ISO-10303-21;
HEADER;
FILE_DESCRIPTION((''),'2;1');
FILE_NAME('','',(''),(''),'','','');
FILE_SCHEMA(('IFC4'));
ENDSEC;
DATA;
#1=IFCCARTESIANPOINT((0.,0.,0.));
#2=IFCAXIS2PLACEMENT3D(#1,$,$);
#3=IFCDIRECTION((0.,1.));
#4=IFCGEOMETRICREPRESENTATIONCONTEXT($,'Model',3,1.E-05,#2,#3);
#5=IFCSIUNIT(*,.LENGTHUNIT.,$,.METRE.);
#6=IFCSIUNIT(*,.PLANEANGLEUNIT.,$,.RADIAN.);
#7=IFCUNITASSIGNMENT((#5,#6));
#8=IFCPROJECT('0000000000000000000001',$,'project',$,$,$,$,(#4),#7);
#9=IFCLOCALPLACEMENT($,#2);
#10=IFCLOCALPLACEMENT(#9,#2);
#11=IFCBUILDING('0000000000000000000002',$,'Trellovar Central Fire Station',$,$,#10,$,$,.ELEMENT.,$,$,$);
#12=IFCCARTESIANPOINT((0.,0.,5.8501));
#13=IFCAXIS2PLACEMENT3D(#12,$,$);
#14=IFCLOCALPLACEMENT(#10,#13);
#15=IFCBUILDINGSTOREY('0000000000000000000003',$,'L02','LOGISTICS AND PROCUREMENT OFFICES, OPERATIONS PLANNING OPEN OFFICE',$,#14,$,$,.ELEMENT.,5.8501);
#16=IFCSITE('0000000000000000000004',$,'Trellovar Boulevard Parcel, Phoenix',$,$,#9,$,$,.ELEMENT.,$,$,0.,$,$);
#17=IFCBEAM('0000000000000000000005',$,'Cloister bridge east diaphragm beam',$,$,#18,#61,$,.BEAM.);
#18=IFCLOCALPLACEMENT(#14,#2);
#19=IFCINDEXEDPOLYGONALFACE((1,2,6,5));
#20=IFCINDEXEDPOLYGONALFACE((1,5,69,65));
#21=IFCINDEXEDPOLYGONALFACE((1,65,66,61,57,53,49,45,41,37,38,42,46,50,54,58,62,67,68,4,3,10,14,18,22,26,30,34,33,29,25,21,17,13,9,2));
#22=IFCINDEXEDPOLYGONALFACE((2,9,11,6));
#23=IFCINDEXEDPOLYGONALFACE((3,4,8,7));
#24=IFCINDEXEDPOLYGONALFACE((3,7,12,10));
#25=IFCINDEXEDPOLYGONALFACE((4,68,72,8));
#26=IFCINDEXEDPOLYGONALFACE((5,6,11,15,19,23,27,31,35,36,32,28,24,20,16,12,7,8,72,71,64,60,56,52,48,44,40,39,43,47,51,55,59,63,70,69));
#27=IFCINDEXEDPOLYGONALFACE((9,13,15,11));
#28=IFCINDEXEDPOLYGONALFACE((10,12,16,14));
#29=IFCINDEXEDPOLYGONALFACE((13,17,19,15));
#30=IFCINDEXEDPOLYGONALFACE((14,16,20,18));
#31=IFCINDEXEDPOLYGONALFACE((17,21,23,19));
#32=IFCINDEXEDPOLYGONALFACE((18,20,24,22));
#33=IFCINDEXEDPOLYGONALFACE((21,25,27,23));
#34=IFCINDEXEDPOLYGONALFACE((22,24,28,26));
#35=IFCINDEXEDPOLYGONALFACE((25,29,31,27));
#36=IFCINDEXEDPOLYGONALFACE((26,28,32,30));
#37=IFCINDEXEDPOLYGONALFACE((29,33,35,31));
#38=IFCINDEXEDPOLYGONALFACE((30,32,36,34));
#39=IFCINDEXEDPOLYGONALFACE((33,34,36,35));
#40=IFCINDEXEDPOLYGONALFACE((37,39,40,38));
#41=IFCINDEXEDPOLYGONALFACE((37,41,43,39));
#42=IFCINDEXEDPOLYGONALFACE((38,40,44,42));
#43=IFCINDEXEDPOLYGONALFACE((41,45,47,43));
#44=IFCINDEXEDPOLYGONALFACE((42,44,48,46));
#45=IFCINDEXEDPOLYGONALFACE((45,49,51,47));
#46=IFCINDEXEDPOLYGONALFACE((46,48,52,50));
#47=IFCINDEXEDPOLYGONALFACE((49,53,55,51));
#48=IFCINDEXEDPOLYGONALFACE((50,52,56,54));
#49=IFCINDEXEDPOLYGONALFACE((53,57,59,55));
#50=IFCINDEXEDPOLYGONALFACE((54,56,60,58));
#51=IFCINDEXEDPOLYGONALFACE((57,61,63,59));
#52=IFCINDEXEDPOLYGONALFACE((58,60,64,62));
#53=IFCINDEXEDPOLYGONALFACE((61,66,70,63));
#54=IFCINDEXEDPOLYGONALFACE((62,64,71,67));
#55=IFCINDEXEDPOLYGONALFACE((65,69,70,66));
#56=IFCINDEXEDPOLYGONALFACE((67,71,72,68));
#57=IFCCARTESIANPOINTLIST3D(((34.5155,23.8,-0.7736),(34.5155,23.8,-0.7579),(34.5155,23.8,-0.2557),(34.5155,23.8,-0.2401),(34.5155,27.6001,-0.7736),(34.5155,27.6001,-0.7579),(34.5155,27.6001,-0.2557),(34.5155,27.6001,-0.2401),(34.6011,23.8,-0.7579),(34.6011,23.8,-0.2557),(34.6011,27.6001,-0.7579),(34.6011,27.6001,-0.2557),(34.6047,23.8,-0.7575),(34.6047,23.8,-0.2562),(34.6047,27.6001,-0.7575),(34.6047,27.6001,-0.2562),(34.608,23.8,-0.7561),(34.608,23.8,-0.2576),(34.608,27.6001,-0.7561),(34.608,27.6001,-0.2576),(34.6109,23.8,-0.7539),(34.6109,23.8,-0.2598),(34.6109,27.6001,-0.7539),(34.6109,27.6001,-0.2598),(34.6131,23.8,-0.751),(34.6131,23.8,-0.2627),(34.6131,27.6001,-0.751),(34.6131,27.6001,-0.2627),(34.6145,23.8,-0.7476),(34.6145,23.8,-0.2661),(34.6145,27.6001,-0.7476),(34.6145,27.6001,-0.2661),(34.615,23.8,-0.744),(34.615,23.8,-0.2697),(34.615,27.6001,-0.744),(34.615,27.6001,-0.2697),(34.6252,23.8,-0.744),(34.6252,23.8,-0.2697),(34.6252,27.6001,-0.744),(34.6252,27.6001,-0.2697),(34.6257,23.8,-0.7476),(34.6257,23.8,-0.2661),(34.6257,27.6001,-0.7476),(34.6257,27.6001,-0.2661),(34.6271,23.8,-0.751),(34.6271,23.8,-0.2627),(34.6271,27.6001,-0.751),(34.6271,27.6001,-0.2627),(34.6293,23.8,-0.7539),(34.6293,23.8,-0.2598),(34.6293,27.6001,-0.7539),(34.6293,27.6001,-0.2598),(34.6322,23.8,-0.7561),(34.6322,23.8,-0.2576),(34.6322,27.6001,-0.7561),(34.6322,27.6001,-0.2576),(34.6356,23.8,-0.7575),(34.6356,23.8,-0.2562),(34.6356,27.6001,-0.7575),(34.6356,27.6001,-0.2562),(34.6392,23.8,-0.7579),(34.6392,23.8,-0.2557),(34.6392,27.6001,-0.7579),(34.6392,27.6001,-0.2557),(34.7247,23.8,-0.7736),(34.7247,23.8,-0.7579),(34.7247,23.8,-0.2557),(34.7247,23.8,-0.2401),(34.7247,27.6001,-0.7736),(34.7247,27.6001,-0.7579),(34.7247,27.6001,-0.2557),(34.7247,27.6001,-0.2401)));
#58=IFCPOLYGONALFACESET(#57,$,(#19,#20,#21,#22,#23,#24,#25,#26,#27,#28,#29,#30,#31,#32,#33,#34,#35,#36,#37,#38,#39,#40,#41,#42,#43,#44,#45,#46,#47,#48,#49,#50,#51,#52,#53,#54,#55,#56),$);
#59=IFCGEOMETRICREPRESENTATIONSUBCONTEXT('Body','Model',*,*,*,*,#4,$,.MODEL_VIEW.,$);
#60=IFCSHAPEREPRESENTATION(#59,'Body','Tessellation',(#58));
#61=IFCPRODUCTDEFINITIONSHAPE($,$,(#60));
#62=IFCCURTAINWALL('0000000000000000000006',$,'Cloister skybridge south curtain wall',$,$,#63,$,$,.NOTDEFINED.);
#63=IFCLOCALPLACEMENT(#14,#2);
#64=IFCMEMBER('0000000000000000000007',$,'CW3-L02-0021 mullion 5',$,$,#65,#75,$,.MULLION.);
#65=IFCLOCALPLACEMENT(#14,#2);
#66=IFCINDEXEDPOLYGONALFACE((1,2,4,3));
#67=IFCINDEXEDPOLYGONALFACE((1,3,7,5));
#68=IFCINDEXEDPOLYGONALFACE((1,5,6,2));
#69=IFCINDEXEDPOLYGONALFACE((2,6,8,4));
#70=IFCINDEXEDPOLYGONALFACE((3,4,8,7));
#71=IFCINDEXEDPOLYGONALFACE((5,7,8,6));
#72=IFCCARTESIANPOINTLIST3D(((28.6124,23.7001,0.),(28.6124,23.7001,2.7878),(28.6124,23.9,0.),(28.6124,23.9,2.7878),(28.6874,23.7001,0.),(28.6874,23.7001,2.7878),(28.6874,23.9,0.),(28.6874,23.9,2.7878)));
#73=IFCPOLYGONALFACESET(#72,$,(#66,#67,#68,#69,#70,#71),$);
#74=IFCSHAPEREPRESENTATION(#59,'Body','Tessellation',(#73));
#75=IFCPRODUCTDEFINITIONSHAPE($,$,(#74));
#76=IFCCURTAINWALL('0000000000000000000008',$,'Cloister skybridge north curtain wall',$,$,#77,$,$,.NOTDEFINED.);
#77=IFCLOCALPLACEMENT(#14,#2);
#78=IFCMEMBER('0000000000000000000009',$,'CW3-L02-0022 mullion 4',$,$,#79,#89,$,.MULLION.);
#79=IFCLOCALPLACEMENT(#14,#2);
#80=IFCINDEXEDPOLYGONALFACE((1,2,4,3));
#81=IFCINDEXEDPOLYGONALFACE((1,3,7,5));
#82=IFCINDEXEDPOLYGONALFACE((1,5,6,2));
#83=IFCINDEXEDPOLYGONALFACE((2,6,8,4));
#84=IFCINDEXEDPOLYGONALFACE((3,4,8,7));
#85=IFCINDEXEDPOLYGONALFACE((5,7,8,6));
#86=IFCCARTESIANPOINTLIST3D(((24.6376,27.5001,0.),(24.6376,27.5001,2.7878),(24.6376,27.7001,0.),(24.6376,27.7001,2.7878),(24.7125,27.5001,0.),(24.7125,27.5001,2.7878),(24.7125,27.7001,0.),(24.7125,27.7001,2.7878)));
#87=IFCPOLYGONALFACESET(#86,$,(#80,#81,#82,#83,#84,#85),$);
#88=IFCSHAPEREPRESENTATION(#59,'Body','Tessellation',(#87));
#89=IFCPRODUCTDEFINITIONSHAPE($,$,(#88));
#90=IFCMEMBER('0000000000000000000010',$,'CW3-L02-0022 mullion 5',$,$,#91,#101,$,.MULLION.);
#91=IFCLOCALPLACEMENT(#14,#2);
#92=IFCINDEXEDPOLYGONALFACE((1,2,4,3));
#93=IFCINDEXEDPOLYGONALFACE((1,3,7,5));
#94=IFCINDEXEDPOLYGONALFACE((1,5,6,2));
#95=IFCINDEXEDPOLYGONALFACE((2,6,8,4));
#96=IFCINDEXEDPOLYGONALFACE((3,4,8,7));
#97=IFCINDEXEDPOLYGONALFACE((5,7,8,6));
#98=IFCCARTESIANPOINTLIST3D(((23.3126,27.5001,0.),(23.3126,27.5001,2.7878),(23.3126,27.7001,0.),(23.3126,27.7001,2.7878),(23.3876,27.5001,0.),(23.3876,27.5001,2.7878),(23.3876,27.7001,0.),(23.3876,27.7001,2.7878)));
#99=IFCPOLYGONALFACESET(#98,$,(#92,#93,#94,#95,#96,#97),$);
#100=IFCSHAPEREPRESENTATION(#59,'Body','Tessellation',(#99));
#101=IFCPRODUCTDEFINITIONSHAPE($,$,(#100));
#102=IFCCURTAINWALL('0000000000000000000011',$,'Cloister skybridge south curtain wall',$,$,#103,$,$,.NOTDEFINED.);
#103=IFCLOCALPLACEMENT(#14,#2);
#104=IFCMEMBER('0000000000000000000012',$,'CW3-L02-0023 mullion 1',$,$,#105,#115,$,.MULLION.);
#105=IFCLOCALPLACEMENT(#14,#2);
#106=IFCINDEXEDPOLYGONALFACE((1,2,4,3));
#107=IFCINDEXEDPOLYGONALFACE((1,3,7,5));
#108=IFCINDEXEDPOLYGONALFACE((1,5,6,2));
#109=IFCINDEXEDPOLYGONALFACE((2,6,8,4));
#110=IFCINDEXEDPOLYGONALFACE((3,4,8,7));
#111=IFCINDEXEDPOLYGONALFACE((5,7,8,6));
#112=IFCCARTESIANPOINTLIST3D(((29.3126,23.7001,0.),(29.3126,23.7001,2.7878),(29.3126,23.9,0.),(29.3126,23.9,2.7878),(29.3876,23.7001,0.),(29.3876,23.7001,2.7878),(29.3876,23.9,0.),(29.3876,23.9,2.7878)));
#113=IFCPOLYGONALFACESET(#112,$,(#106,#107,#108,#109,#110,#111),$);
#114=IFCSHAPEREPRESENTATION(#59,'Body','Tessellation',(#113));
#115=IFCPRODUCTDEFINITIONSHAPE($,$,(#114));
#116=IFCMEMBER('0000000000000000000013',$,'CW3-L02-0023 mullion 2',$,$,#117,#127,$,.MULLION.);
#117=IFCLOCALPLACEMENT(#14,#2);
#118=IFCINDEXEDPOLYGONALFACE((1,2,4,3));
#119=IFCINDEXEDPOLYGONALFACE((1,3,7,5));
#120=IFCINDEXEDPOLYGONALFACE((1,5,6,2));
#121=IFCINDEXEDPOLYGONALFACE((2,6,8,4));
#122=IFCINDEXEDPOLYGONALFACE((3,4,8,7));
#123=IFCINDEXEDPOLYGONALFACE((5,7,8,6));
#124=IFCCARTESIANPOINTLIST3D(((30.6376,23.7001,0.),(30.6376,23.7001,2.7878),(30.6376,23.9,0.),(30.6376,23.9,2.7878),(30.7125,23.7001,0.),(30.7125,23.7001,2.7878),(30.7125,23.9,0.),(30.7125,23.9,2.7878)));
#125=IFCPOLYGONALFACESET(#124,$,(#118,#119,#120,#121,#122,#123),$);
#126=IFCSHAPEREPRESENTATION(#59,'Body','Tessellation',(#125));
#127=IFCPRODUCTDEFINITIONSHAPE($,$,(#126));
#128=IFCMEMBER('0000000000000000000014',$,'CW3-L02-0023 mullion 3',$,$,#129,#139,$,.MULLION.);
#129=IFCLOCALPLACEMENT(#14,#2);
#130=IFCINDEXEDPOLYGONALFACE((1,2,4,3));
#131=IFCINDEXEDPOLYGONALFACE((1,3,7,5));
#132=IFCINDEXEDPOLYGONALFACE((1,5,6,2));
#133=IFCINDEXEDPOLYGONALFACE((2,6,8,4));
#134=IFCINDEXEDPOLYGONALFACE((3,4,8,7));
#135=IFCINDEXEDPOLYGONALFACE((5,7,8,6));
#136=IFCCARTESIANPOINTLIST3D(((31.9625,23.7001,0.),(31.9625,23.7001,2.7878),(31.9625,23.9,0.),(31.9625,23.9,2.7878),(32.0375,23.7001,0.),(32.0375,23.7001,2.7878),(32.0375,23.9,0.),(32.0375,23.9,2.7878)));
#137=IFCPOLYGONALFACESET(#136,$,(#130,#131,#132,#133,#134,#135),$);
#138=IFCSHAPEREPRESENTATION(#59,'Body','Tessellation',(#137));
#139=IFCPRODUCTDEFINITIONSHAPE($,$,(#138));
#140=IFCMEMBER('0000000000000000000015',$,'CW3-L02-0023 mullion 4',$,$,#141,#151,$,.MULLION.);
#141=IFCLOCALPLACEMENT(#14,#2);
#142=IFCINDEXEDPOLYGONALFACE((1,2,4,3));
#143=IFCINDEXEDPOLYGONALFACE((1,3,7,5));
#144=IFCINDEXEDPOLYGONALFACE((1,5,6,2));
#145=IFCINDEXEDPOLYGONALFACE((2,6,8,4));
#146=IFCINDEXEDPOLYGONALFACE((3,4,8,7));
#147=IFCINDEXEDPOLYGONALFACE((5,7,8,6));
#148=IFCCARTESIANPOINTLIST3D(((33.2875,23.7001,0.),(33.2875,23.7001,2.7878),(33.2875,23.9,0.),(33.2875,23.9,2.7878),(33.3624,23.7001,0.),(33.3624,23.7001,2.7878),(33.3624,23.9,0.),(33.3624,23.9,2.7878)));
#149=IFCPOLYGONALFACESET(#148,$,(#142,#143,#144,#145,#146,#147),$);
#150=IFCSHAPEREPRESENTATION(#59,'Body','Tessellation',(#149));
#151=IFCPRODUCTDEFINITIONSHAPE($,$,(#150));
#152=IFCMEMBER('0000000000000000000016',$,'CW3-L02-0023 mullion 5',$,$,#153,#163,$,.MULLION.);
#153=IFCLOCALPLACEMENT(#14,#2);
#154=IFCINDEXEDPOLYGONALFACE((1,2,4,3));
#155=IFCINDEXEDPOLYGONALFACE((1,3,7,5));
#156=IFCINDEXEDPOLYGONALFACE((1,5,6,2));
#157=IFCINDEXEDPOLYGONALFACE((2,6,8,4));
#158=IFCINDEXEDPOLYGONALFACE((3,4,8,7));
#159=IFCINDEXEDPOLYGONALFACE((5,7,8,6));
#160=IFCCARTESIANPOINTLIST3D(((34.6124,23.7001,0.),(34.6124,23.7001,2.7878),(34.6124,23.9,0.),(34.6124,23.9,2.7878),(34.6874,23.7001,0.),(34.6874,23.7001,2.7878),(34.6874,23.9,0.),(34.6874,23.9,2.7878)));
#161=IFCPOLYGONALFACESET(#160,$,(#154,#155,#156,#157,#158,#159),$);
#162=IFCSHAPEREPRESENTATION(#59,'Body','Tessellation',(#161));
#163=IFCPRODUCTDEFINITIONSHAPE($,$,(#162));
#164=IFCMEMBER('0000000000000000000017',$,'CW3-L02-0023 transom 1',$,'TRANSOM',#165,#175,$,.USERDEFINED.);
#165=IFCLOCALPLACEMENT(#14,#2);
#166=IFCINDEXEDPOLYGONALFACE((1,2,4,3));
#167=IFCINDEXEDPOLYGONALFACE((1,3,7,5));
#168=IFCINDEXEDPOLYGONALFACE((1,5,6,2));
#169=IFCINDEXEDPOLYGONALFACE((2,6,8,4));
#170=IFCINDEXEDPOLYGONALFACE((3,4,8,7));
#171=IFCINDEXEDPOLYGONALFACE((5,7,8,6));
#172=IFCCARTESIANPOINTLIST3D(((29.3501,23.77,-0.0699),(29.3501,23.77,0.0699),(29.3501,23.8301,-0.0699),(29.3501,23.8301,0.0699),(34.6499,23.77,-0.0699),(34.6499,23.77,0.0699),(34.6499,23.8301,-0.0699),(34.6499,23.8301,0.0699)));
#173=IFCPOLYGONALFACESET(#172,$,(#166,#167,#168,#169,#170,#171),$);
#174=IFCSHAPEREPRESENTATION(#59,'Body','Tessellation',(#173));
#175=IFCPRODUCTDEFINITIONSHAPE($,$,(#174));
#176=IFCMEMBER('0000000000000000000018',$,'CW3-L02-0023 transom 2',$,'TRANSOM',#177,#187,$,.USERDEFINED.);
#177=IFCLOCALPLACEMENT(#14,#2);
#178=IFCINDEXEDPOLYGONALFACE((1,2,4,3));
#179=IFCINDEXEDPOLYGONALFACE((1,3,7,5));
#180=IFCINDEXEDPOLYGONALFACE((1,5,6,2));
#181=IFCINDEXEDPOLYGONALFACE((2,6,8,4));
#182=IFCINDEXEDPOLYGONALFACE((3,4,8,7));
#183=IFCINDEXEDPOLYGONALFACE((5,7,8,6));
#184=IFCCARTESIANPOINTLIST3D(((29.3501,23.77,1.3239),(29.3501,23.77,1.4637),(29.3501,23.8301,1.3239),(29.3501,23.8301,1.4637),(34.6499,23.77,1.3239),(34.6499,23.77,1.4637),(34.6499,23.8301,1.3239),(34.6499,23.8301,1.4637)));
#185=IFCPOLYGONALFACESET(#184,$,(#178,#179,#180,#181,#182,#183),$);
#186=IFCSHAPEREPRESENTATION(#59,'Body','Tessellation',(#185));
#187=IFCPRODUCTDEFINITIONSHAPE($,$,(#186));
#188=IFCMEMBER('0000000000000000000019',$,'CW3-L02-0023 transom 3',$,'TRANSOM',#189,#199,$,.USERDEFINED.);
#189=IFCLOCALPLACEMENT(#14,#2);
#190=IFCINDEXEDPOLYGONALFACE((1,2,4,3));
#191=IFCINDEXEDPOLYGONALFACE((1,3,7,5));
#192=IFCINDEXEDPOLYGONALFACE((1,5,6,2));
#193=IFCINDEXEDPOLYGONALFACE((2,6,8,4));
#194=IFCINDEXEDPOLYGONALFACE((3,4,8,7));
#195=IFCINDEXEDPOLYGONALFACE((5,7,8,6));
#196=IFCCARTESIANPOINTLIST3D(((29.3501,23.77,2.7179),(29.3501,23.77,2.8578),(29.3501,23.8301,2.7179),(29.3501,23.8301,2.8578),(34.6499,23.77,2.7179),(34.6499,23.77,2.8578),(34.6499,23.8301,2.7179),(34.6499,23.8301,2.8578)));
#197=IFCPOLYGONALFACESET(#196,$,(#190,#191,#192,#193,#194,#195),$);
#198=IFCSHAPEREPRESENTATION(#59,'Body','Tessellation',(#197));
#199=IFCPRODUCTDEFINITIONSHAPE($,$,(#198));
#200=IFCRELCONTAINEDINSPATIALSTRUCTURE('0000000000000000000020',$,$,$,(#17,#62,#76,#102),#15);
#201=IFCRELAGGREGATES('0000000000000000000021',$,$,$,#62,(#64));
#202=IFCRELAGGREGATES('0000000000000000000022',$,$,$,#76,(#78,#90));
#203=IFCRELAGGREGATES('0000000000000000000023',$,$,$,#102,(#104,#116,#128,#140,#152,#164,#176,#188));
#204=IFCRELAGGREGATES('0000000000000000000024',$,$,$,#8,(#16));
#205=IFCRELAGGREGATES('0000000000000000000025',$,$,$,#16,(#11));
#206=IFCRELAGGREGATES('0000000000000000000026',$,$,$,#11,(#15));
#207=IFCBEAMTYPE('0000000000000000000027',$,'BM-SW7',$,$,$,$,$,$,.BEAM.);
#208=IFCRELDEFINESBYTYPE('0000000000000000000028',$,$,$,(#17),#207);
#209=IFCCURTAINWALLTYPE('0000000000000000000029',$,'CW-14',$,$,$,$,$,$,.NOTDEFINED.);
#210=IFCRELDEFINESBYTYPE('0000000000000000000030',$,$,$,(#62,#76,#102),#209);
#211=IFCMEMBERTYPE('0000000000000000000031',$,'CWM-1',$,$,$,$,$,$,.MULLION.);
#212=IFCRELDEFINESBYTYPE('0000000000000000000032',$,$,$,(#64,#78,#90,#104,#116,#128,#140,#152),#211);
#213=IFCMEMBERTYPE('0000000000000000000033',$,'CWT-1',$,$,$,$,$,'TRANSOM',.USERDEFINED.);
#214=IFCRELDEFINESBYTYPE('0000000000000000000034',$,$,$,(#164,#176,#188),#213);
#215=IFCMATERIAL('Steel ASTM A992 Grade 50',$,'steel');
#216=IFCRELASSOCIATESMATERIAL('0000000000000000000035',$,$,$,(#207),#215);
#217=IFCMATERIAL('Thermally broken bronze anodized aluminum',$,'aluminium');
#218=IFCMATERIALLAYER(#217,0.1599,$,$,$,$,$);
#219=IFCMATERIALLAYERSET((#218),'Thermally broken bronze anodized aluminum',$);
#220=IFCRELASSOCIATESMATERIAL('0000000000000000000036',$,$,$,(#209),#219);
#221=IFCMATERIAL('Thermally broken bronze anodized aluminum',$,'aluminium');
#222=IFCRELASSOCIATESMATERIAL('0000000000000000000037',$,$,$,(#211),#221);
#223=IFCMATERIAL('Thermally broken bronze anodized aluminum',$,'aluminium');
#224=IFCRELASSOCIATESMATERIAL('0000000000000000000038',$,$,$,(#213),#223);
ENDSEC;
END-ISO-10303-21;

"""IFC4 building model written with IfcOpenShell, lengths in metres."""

from ifc_helpers import new_model, si_unit, direction, frame, origin, origin_2d, place, context, subcontext, project, spatial, rectangle, i_section, extrude, material, layer, layer_set, material_profile, profile_set, type_object, element, aggregate, save


model = new_model("IFC4")

# Units and contexts
model_context = context("Model", 3, precision=1e-05, world=origin(), true_north=direction((0.0, 1.0)))
body_context = subcontext(model_context, "Body", "Model", "MODEL_VIEW")
ifc_project = project(units=[si_unit("LENGTHUNIT", "METRE"), si_unit("PLANEANGLEUNIT", "RADIAN")], contexts=[model_context])

# Site, building, storey
site_placement = place(None, origin())
site = spatial("IfcSite", under=ifc_project, at=site_placement, Name="Trellovar Boulevard Parcel, Phoenix", CompositionType="ELEMENT", RefElevation=0.0)
building_placement = place(site_placement, origin())
building = spatial("IfcBuilding", under=site, at=building_placement, Name="Trellovar Central Fire Station", CompositionType="ELEMENT")
storey_placement = place(building_placement, frame((0.0, 0.0, 5.8501)))
storey = spatial("IfcBuildingStorey", under=building, at=storey_placement, Name="L02", Description="LOGISTICS AND PROCUREMENT OFFICES, OPERATIONS PLANNING OPEN OFFICE", CompositionType="ELEMENT", Elevation=5.8501)

# Beam
ifc_material_1 = material(Name="Steel ASTM A992 Grade 50", Category="steel")
ifc_material_profile_1 = material_profile(ifc_material_1, i_section(OverallWidth=0.2092, OverallDepth=0.5334, WebThickness=0.0103, FlangeThickness=0.0156, FilletRadius=0.0139, at=origin_2d()), Name="W21X62")
ifc_profile_set_1 = profile_set([ifc_material_profile_1], Name="Steel ASTM A992 Grade 50")
beam_type_1 = type_object("IfcBeamType", Name="BM-SW7", PredefinedType="BEAM", material=ifc_profile_set_1)
for number, where, z_axis, x_axis, name in (
    (1, (34.6201, 23.8, -0.5068), (0.0, 1.0, 0.0), (-1.0, 0.0, 0.0), "Cloister bridge east diaphragm beam"),
):
    element("IfcBeam", number, at=place(storey_placement, frame(where, z_axis=z_axis, x_axis=x_axis)), inside=storey, type_object=beam_type_1, Name=name, PredefinedType="BEAM", context=body_context, shape_type="SweptSolid", body=[
        extrude(i_section(OverallWidth=0.2092, OverallDepth=0.5334, WebThickness=0.0103, FlangeThickness=0.0156, FilletRadius=0.0139, at=origin_2d()), origin(), (0.0, 0.0, 1.0), 3.8),
    ])

# Curtain wall, member
ifc_material_2 = material(Name="Thermally broken bronze anodized aluminum", Category="aluminium")
ifc_layer_1 = layer(ifc_material_2, 0.1599)
ifc_layer_set_1 = layer_set([ifc_layer_1], Name="Thermally broken bronze anodized aluminum")
curtain_wall_type = type_object("IfcCurtainWallType", Name="CW-14", PredefinedType="NOTDEFINED", material=ifc_layer_set_1)
curtain_wall_1_placement = place(storey_placement, origin())
curtain_wall_1 = element("IfcCurtainWall", 2, at=curtain_wall_1_placement, inside=storey, type_object=curtain_wall_type, Name="Cloister skybridge south curtain wall", PredefinedType="NOTDEFINED")
ifc_material_3 = material(Name="Thermally broken bronze anodized aluminum", Category="aluminium")
ifc_material_profile_2 = material_profile(ifc_material_3, rectangle(XDim=0.075, YDim=0.2, at=origin_2d()), Name="ALU75X200")
ifc_profile_set_2 = profile_set([ifc_material_profile_2], Name="Thermally broken bronze anodized aluminum")
member_type_1 = type_object("IfcMemberType", Name="CWM-1", PredefinedType="MULLION", material=ifc_profile_set_2)
member_1_placement = place(storey_placement, frame((28.6499, 23.8, 0.0), z_axis=(0.0, 0.0, 1.0), x_axis=(1.0, 0.0, 0.0)))
member_1 = element("IfcMember", 3, at=member_1_placement, type_object=member_type_1, Name="CW3-L02-0021 mullion 5", PredefinedType="MULLION", context=body_context, shape_type="SweptSolid", body=[
    extrude(rectangle(XDim=0.075, YDim=0.2, at=origin_2d()), origin(), (0.0, 0.0, 1.0), 2.7878),
])

# Curtain walls, members
curtain_wall_2_placement = place(storey_placement, origin())
curtain_wall_2 = element("IfcCurtainWall", 4, at=curtain_wall_2_placement, inside=storey, type_object=curtain_wall_type, Name="Cloister skybridge north curtain wall", PredefinedType="NOTDEFINED")
member_2_placement = place(storey_placement, frame((24.675, 27.6001, 0.0), z_axis=(0.0, 0.0, 1.0), x_axis=(1.0, 0.0, 0.0)))
member_2 = element("IfcMember", 5, at=member_2_placement, type_object=member_type_1, Name="CW3-L02-0022 mullion 4", PredefinedType="MULLION", context=body_context, shape_type="SweptSolid", body=[
    extrude(rectangle(XDim=0.075, YDim=0.2, at=origin_2d()), origin(), (0.0, 0.0, 1.0), 2.7878),
])
member_3_placement = place(storey_placement, frame((23.3501, 27.6001, 0.0), z_axis=(0.0, 0.0, 1.0), x_axis=(1.0, 0.0, 0.0)))
member_3 = element("IfcMember", 6, at=member_3_placement, type_object=member_type_1, Name="CW3-L02-0022 mullion 5", PredefinedType="MULLION", context=body_context, shape_type="SweptSolid", body=[
    extrude(rectangle(XDim=0.075, YDim=0.2, at=origin_2d()), origin(), (0.0, 0.0, 1.0), 2.7878),
])
curtain_wall_3_placement = place(storey_placement, origin())
curtain_wall_3 = element("IfcCurtainWall", 7, at=curtain_wall_3_placement, inside=storey, type_object=curtain_wall_type, Name="Cloister skybridge south curtain wall", PredefinedType="NOTDEFINED")
member_4_placement = place(storey_placement, frame((29.3501, 23.8, 0.0), z_axis=(0.0, 0.0, 1.0), x_axis=(1.0, 0.0, 0.0)))
member_4 = element("IfcMember", 8, at=member_4_placement, type_object=member_type_1, Name="CW3-L02-0023 mullion 1", PredefinedType="MULLION", context=body_context, shape_type="SweptSolid", body=[
    extrude(rectangle(XDim=0.075, YDim=0.2, at=origin_2d()), origin(), (0.0, 0.0, 1.0), 2.7878),
])
member_5_placement = place(storey_placement, frame((30.675, 23.8, 0.0), z_axis=(0.0, 0.0, 1.0), x_axis=(1.0, 0.0, 0.0)))
member_5 = element("IfcMember", 9, at=member_5_placement, type_object=member_type_1, Name="CW3-L02-0023 mullion 2", PredefinedType="MULLION", context=body_context, shape_type="SweptSolid", body=[
    extrude(rectangle(XDim=0.075, YDim=0.2, at=origin_2d()), origin(), (0.0, 0.0, 1.0), 2.7878),
])
member_6_placement = place(storey_placement, frame((32.0, 23.8, 0.0), z_axis=(0.0, 0.0, 1.0), x_axis=(1.0, 0.0, 0.0)))
member_6 = element("IfcMember", 10, at=member_6_placement, type_object=member_type_1, Name="CW3-L02-0023 mullion 3", PredefinedType="MULLION", context=body_context, shape_type="SweptSolid", body=[
    extrude(rectangle(XDim=0.075, YDim=0.2, at=origin_2d()), origin(), (0.0, 0.0, 1.0), 2.7878),
])
member_7_placement = place(storey_placement, frame((33.325, 23.8, 0.0), z_axis=(0.0, 0.0, 1.0), x_axis=(1.0, 0.0, 0.0)))
member_7 = element("IfcMember", 11, at=member_7_placement, type_object=member_type_1, Name="CW3-L02-0023 mullion 4", PredefinedType="MULLION", context=body_context, shape_type="SweptSolid", body=[
    extrude(rectangle(XDim=0.075, YDim=0.2, at=origin_2d()), origin(), (0.0, 0.0, 1.0), 2.7878),
])
member_8_placement = place(storey_placement, frame((34.6499, 23.8, 0.0), z_axis=(0.0, 0.0, 1.0), x_axis=(1.0, 0.0, 0.0)))
member_8 = element("IfcMember", 12, at=member_8_placement, type_object=member_type_1, Name="CW3-L02-0023 mullion 5", PredefinedType="MULLION", context=body_context, shape_type="SweptSolid", body=[
    extrude(rectangle(XDim=0.075, YDim=0.2, at=origin_2d()), origin(), (0.0, 0.0, 1.0), 2.7878),
])
ifc_material_4 = material(Name="Thermally broken bronze anodized aluminum", Category="aluminium")
ifc_material_profile_3 = material_profile(ifc_material_4, rectangle(XDim=0.0601, YDim=0.1399, at=origin_2d()), Name="ALU60X140")
ifc_profile_set_3 = profile_set([ifc_material_profile_3], Name="Thermally broken bronze anodized aluminum")
member_type_2 = type_object("IfcMemberType", Name="CWT-1", ElementType="TRANSOM", PredefinedType="USERDEFINED", material=ifc_profile_set_3)
member_9_placement = place(storey_placement, frame((29.3501, 23.8, 0.0), z_axis=(1.0, 0.0, 0.0), x_axis=(0.0, 1.0, 0.0)))
member_9 = element("IfcMember", 13, at=member_9_placement, type_object=member_type_2, Name="CW3-L02-0023 transom 1", ObjectType="TRANSOM", PredefinedType="USERDEFINED", context=body_context, shape_type="SweptSolid", body=[
    extrude(rectangle(XDim=0.0601, YDim=0.1399, at=origin_2d()), origin(), (0.0, 0.0, 1.0), 5.2998),
])
member_10_placement = place(storey_placement, frame((29.3501, 23.8, 1.3938), z_axis=(1.0, 0.0, 0.0), x_axis=(0.0, 1.0, 0.0)))
member_10 = element("IfcMember", 14, at=member_10_placement, type_object=member_type_2, Name="CW3-L02-0023 transom 2", ObjectType="TRANSOM", PredefinedType="USERDEFINED", context=body_context, shape_type="SweptSolid", body=[
    extrude(rectangle(XDim=0.0601, YDim=0.1399, at=origin_2d()), origin(), (0.0, 0.0, 1.0), 5.2998),
])
member_11_placement = place(storey_placement, frame((29.3501, 23.8, 2.7878), z_axis=(1.0, 0.0, 0.0), x_axis=(0.0, 1.0, 0.0)))
member_11 = element("IfcMember", 15, at=member_11_placement, type_object=member_type_2, Name="CW3-L02-0023 transom 3", ObjectType="TRANSOM", PredefinedType="USERDEFINED", context=body_context, shape_type="SweptSolid", body=[
    extrude(rectangle(XDim=0.0601, YDim=0.1399, at=origin_2d()), origin(), (0.0, 0.0, 1.0), 5.2998),
])

aggregate(curtain_wall_1, [member_1])
aggregate(curtain_wall_2, [member_2, member_3])
aggregate(curtain_wall_3, [member_4, member_5, member_6, member_7, member_8, member_9, member_10, member_11])

save(model, "model.ifc")
